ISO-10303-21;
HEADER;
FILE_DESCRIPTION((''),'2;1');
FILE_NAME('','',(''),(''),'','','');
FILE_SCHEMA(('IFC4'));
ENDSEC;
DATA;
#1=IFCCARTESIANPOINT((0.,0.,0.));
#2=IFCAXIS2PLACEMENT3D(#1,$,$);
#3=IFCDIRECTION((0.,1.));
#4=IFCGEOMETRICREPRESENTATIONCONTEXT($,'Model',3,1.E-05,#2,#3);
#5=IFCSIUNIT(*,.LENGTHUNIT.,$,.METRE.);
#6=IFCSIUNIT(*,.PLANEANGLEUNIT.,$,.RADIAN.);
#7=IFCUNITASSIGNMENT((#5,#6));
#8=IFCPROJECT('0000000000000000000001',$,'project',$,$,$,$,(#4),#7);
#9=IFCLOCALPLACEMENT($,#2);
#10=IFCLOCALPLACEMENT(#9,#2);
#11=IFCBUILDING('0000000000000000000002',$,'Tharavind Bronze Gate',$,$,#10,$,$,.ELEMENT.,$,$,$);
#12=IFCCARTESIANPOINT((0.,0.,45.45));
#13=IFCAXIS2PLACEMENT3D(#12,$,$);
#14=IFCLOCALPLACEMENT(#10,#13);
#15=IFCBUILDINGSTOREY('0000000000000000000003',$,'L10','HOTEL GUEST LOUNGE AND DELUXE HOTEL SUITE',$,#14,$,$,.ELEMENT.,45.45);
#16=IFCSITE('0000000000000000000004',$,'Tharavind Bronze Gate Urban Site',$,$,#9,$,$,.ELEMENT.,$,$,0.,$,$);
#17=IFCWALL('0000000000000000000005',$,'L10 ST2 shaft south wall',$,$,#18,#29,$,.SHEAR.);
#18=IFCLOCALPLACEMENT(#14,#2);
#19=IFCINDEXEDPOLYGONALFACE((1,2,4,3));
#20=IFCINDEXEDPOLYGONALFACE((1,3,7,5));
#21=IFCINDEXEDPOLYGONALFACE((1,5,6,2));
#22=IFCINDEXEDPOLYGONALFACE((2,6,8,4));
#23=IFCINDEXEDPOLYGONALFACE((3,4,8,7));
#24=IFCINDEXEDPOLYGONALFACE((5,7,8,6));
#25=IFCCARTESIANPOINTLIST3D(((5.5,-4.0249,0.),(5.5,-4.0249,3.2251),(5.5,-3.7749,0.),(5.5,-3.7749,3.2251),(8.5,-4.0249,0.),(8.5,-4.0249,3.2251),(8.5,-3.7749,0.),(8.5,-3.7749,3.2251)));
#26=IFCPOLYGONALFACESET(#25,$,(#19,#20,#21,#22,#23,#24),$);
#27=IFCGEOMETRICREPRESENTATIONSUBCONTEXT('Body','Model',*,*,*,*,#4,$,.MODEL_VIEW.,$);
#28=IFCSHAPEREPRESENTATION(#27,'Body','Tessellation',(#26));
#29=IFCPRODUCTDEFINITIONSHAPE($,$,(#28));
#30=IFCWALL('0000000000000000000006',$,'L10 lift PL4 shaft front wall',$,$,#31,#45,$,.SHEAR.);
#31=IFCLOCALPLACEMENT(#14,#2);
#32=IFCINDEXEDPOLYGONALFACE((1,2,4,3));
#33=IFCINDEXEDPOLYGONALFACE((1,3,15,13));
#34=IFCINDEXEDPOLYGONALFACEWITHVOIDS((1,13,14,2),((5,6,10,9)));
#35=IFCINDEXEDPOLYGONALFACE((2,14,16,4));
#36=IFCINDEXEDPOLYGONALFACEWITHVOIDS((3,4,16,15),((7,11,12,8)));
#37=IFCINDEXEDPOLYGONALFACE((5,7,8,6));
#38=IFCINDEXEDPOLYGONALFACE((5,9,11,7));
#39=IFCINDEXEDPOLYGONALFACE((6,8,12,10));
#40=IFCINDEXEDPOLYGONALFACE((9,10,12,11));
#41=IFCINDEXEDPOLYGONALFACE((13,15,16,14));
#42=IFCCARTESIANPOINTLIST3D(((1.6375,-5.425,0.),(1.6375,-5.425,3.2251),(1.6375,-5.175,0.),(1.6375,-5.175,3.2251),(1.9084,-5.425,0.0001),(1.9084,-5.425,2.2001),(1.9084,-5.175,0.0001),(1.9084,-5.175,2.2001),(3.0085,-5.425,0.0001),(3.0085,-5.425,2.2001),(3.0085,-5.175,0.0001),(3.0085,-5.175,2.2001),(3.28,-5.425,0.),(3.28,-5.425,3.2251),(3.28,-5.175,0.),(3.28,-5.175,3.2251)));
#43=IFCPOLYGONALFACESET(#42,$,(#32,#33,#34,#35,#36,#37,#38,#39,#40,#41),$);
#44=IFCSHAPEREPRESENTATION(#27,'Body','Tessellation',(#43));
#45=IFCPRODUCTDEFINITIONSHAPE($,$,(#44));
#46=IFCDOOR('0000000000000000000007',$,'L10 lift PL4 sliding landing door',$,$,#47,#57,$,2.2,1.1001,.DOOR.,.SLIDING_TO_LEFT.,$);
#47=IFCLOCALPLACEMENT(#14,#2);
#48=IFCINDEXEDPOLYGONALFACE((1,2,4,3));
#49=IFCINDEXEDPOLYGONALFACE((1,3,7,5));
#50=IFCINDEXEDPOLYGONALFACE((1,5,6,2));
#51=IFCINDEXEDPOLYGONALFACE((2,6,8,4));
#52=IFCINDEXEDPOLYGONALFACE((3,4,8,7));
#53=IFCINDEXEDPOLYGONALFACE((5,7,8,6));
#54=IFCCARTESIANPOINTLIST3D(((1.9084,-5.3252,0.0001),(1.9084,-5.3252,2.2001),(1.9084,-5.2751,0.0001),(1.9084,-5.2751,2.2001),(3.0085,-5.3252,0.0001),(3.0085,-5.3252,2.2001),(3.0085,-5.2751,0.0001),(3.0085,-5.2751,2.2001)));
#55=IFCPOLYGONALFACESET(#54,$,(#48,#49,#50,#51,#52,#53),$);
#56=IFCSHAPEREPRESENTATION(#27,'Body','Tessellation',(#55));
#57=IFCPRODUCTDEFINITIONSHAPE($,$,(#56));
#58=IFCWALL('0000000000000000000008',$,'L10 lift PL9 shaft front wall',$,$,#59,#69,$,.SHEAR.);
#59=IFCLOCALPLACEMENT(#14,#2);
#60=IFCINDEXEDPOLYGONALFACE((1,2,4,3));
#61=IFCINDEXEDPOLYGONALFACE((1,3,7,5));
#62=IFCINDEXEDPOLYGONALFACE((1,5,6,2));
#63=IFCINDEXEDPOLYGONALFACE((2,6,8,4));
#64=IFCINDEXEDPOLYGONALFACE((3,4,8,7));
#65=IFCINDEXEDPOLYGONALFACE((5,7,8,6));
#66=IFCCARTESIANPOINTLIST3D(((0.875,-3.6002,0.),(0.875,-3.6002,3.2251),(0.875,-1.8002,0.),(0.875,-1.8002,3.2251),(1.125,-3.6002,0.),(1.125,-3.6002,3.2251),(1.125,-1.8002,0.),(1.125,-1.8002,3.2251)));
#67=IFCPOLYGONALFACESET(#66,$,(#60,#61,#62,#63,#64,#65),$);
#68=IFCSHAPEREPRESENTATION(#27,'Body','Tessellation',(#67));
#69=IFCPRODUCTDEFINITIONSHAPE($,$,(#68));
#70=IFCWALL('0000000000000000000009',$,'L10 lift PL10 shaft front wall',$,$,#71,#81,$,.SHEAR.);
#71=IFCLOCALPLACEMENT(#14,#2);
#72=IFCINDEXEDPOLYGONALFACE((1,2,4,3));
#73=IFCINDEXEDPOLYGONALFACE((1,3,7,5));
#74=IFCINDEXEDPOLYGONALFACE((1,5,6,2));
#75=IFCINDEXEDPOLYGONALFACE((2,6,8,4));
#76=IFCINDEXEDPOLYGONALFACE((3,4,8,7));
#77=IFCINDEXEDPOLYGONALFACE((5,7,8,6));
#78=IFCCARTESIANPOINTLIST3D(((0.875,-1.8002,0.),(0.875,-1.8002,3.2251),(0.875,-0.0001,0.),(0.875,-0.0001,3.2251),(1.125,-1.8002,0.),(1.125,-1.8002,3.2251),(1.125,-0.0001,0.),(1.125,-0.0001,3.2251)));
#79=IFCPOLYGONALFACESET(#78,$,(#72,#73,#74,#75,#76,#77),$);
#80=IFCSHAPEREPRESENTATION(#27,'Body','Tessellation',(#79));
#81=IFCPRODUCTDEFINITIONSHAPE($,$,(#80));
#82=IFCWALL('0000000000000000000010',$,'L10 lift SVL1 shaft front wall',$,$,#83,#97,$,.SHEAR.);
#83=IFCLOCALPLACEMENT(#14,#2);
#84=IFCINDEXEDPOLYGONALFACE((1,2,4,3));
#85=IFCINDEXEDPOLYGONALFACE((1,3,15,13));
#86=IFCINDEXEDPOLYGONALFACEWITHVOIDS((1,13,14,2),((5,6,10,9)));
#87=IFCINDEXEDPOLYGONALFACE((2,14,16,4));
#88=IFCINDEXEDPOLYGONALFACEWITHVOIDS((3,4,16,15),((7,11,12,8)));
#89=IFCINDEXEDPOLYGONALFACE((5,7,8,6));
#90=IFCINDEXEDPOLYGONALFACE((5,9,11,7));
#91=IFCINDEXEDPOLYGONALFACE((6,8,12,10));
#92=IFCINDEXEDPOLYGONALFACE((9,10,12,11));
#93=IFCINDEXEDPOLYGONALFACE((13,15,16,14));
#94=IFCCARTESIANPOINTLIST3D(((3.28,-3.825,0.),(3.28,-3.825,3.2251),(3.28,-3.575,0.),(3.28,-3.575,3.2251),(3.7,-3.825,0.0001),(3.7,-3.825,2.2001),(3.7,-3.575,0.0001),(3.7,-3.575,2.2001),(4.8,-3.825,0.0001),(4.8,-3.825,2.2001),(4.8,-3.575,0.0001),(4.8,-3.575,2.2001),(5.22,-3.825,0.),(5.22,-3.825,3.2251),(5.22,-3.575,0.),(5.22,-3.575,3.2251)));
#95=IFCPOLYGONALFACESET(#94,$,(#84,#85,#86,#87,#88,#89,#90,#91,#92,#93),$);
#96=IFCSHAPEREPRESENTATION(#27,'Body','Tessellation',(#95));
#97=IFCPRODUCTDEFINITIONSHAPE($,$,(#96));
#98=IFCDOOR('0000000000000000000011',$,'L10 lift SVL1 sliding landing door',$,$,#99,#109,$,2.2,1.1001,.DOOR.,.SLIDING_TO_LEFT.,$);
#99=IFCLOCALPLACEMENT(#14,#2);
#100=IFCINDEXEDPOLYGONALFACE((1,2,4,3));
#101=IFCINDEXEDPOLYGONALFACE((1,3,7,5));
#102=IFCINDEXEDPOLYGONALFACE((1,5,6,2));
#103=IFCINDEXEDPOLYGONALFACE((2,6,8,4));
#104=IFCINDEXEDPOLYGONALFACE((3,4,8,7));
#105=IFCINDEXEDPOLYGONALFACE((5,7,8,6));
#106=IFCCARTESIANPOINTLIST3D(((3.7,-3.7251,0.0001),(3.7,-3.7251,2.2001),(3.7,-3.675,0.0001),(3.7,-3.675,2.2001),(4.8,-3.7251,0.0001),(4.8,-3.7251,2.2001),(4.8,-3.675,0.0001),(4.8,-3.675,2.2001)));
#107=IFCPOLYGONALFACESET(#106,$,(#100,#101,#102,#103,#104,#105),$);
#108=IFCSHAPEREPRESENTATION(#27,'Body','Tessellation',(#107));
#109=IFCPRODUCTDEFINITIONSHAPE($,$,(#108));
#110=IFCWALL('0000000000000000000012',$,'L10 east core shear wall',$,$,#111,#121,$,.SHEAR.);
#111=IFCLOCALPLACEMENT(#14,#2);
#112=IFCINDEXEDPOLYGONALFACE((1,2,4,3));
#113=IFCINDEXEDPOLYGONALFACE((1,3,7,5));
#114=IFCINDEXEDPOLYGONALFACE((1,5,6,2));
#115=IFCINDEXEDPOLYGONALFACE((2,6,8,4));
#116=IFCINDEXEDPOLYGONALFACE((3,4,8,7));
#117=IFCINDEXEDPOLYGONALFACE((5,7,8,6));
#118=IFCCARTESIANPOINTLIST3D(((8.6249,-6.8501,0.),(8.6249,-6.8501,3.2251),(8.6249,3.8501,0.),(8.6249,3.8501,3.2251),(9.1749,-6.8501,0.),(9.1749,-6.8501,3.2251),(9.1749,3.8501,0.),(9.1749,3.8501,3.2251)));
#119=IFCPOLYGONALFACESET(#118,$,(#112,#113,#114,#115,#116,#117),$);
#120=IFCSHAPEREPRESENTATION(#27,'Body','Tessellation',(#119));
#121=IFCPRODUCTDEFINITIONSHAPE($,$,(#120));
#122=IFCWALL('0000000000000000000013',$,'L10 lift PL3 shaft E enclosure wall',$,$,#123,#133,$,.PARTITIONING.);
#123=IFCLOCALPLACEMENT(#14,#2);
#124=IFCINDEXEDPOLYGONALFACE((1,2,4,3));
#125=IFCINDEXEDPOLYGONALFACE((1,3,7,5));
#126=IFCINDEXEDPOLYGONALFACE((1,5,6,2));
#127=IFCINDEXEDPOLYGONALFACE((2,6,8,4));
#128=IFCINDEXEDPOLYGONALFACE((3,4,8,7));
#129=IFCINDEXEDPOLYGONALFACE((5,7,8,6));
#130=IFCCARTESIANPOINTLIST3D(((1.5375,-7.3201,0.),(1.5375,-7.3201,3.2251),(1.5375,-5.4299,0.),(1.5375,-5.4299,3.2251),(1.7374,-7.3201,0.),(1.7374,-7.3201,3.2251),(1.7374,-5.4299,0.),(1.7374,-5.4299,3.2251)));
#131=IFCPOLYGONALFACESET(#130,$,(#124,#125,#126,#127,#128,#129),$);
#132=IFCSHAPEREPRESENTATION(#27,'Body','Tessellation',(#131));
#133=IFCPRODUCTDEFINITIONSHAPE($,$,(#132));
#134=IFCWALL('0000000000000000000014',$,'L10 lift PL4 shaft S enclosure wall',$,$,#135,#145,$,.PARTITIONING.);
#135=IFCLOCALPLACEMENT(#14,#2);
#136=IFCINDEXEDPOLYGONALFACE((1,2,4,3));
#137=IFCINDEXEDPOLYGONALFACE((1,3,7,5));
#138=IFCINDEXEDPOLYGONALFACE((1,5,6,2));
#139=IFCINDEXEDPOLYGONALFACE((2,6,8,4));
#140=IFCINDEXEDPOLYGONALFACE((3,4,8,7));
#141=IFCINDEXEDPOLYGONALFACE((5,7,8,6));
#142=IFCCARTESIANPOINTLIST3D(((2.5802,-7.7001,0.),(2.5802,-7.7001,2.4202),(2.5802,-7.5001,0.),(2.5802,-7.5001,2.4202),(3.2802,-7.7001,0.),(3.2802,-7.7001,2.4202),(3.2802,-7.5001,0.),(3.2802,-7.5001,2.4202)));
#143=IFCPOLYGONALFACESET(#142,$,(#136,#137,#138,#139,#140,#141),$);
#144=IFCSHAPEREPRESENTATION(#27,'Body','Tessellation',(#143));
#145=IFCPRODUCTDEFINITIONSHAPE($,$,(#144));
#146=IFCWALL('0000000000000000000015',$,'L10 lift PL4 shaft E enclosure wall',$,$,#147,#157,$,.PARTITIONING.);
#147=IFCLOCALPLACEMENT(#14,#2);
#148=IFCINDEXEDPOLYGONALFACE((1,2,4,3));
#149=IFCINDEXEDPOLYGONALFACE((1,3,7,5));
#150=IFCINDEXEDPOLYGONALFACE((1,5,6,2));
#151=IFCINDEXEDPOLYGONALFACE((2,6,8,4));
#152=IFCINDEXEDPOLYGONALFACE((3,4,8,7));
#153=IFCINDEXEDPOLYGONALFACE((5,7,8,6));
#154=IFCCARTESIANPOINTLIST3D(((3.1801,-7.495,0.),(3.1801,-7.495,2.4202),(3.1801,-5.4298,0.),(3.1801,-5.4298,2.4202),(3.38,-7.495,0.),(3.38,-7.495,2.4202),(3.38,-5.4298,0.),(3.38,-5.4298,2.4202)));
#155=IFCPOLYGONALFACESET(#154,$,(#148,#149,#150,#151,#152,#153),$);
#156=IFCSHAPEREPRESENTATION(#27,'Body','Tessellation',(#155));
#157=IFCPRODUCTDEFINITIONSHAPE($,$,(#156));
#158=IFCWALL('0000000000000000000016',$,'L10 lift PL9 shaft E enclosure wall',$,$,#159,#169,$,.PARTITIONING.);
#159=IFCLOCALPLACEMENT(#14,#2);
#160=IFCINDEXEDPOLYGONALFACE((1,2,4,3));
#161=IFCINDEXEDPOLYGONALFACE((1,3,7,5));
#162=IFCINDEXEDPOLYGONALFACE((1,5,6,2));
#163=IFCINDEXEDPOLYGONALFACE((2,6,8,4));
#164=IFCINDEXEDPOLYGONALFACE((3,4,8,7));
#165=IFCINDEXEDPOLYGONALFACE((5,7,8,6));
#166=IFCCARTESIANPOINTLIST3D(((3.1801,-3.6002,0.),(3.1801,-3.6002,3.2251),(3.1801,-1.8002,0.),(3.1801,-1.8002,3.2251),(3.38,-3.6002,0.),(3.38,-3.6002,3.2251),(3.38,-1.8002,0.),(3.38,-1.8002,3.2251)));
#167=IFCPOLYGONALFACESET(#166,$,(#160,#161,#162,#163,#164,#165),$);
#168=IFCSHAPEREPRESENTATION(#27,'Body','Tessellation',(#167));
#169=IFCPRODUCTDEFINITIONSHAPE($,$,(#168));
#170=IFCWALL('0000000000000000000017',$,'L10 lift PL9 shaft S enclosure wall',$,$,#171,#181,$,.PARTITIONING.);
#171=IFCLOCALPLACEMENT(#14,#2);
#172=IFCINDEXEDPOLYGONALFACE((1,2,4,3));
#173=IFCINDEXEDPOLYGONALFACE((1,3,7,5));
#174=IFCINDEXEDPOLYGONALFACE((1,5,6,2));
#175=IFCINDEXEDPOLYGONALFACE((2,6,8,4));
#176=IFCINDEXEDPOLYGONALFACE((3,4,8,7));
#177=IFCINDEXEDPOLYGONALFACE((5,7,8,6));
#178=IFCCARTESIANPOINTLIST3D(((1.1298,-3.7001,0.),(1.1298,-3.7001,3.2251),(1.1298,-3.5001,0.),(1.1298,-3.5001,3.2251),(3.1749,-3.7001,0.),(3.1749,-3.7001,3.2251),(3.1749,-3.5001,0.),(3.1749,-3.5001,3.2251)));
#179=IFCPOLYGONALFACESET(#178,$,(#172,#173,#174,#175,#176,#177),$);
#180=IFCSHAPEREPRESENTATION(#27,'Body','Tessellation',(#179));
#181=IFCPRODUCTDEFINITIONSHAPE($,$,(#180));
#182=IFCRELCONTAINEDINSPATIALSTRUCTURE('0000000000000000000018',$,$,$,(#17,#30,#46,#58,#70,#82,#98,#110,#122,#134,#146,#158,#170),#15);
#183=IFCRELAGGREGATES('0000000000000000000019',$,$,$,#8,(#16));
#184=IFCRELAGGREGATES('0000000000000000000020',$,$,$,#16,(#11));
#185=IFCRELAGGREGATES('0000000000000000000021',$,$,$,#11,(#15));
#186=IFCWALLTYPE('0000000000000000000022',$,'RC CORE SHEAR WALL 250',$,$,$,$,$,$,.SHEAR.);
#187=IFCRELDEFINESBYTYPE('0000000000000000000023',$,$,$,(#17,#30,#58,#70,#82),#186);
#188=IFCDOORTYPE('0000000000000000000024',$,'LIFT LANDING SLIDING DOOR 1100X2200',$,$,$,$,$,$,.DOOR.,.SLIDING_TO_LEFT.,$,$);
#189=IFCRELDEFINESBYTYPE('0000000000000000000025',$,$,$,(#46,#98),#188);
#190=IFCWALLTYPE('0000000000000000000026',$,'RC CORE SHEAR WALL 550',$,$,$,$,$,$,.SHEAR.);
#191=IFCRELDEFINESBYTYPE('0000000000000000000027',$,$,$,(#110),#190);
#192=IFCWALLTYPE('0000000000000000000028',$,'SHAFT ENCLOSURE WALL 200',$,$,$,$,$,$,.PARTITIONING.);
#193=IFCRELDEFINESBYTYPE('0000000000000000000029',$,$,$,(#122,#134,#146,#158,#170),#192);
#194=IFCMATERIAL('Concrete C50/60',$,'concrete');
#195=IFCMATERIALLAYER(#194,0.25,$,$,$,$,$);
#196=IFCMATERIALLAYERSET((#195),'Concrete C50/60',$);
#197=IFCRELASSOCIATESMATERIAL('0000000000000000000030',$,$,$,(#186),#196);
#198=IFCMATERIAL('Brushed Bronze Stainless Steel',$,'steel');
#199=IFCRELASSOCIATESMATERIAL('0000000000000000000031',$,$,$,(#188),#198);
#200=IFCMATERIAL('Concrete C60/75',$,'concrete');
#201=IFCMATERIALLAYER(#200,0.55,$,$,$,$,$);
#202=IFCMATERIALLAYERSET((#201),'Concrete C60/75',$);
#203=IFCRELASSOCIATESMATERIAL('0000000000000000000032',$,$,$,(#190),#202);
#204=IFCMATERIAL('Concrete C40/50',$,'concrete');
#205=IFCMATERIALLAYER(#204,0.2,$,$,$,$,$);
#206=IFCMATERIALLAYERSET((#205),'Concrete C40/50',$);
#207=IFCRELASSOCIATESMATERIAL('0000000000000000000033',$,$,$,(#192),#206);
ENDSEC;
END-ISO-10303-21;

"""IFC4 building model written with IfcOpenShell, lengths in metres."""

from ifc_helpers import new_model, si_unit, direction, frame, frame_2d, origin, place, context, subcontext, project, spatial, rectangle, extrude, material, layer, layer_set, type_object, element, fill, save


model = new_model("IFC4")

# Units and contexts
model_context = context("Model", 3, precision=1e-05, world=origin(), true_north=direction((0.0, 1.0)))
body_context = subcontext(model_context, "Body", "Model", "MODEL_VIEW")
ifc_project = project(units=[si_unit("LENGTHUNIT", "METRE"), si_unit("PLANEANGLEUNIT", "RADIAN")], contexts=[model_context])

# Site, building, storey
site_placement = place(None, origin())
site = spatial("IfcSite", under=ifc_project, at=site_placement, Name="Tharavind Bronze Gate Urban Site", CompositionType="ELEMENT", RefElevation=0.0)
building_placement = place(site_placement, origin())
building = spatial("IfcBuilding", under=site, at=building_placement, Name="Tharavind Bronze Gate", CompositionType="ELEMENT")
storey_placement = place(building_placement, frame((0.0, 0.0, 45.45)))
storey = spatial("IfcBuildingStorey", under=building, at=storey_placement, Name="L10", Description="HOTEL GUEST LOUNGE AND DELUXE HOTEL SUITE", CompositionType="ELEMENT", Elevation=45.45)

# Wall
ifc_material_1 = material(Name="Concrete C50/60", Category="concrete")
ifc_layer_1 = layer(ifc_material_1, 0.25)
ifc_layer_set_1 = layer_set([ifc_layer_1], Name="Concrete C50/60")
wall_type_1 = type_object("IfcWallType", Name="RC CORE SHEAR WALL 250", PredefinedType="SHEAR", material=ifc_layer_set_1)
wall_1_placement = place(storey_placement, frame((5.5, -3.8999, 0.0), z_axis=(0.0, 0.0, 1.0), x_axis=(1.0, 0.0, 0.0)))
element("IfcWall", 1, at=wall_1_placement, inside=storey, type_object=wall_type_1, Name="L10 ST2 shaft south wall", PredefinedType="SHEAR", context=body_context, shape_type="SweptSolid", body=[
    extrude(rectangle(XDim=3.0, YDim=0.25, at=frame_2d((1.5, 0.0))), origin(), (0.0, 0.0, 1.0), 3.2251),
])

# Wall, opening, door
wall_2_placement = place(storey_placement, frame((1.6375, -5.3, 0.0), z_axis=(0.0, 0.0, 1.0), x_axis=(1.0, 0.0, 0.0)))
wall_2 = element("IfcWall", 2, at=wall_2_placement, inside=storey, type_object=wall_type_1, Name="L10 lift PL4 shaft front wall", PredefinedType="SHEAR", context=body_context, shape_type="SweptSolid", body=[
    extrude(rectangle(XDim=1.6426, YDim=0.25, at=frame_2d((0.8213, 0.0))), origin(), (0.0, 0.0, 1.0), 3.2251),
])
opening_1_placement = place(wall_2_placement, frame((0.271, 0.0, 0.0)))
opening_1 = element("IfcOpeningElement", 3, at=opening_1_placement, cuts=wall_2, PredefinedType="OPENING", context=body_context, shape_type="SweptSolid", body=[
    extrude(rectangle(XDim=1.1001, YDim=2.2, at=frame_2d((0.55, 1.1001))), frame((0.0, 0.135, 0.0), z_axis=(0.0, -1.0, 0.0), x_axis=(1.0, 0.0, 0.0)), (0.0, 0.0, 1.0), 0.27),
])
ifc_material_2 = material(Name="Brushed Bronze Stainless Steel", Category="steel")
door_type_1 = type_object("IfcDoorType", Name="LIFT LANDING SLIDING DOOR 1100X2200", OperationType="SLIDING_TO_LEFT", PredefinedType="DOOR", material=ifc_material_2)
door_1_placement = place(opening_1_placement, origin())
door_1 = element("IfcDoor", 4, at=door_1_placement, inside=storey, type_object=door_type_1, Name="L10 lift PL4 sliding landing door", OperationType="SLIDING_TO_LEFT", OverallHeight=2.2, OverallWidth=1.1001, PredefinedType="DOOR", context=body_context, shape_type="SweptSolid", body=[
    extrude(rectangle(XDim=1.1001, YDim=2.2, at=frame_2d((0.55, 1.1001))), frame((0.0, 0.0249, 0.0), z_axis=(0.0, -1.0, 0.0), x_axis=(1.0, 0.0, 0.0)), (0.0, 0.0, 1.0), 0.05),
])
fill(opening_1, door_1)

# Walls
for number, where, z_axis, x_axis, name in (
    (5, (1.0, -3.6001, 0.0), (0.0, 0.0, 1.0), (0.0, 1.0, 0.0), "L10 lift PL9 shaft front wall"),
    (6, (1.0, -1.8, 0.0), (0.0, 0.0, 1.0), (0.0, 1.0, 0.0), "L10 lift PL10 shaft front wall"),
):
    element("IfcWall", number, at=place(storey_placement, frame(where, z_axis=z_axis, x_axis=x_axis)), inside=storey, type_object=wall_type_1, Name=name, PredefinedType="SHEAR", context=body_context, shape_type="SweptSolid", body=[
        extrude(rectangle(XDim=1.8, YDim=0.25, at=frame_2d((0.8999, 0.0))), origin(), (0.0, 0.0, 1.0), 3.2251),
    ])

# Wall, opening, door
wall_3_placement = place(storey_placement, frame((3.28, -3.7, 0.0), z_axis=(0.0, 0.0, 1.0), x_axis=(1.0, 0.0, 0.0)))
wall_3 = element("IfcWall", 7, at=wall_3_placement, inside=storey, type_object=wall_type_1, Name="L10 lift SVL1 shaft front wall", PredefinedType="SHEAR", context=body_context, shape_type="SweptSolid", body=[
    extrude(rectangle(XDim=1.9399, YDim=0.25, at=frame_2d((0.97, 0.0))), origin(), (0.0, 0.0, 1.0), 3.2251),
])
opening_2_placement = place(wall_3_placement, frame((0.4199, 0.0, 0.0)))
opening_2 = element("IfcOpeningElement", 8, at=opening_2_placement, cuts=wall_3, PredefinedType="OPENING", context=body_context, shape_type="SweptSolid", body=[
    extrude(rectangle(XDim=1.1001, YDim=2.2, at=frame_2d((0.55, 1.1001))), frame((0.0, 0.135, 0.0), z_axis=(0.0, -1.0, 0.0), x_axis=(1.0, 0.0, 0.0)), (0.0, 0.0, 1.0), 0.27),
])
door_2_placement = place(opening_2_placement, origin())
door_2 = element("IfcDoor", 9, at=door_2_placement, inside=storey, type_object=door_type_1, Name="L10 lift SVL1 sliding landing door", OperationType="SLIDING_TO_LEFT", OverallHeight=2.2, OverallWidth=1.1001, PredefinedType="DOOR", context=body_context, shape_type="SweptSolid", body=[
    extrude(rectangle(XDim=1.1001, YDim=2.2, at=frame_2d((0.55, 1.1001))), frame((0.0, 0.0249, 0.0), z_axis=(0.0, -1.0, 0.0), x_axis=(1.0, 0.0, 0.0)), (0.0, 0.0, 1.0), 0.05),
])
fill(opening_2, door_2)

# Walls
ifc_material_3 = material(Name="Concrete C60/75", Category="concrete")
ifc_layer_2 = layer(ifc_material_3, 0.55)
ifc_layer_set_2 = layer_set([ifc_layer_2], Name="Concrete C60/75")
wall_type_2 = type_object("IfcWallType", Name="RC CORE SHEAR WALL 550", PredefinedType="SHEAR", material=ifc_layer_set_2)
wall_4_placement = place(storey_placement, frame((8.8999, -6.8501, 0.0), z_axis=(0.0, 0.0, 1.0), x_axis=(0.0, 1.0, 0.0)))
element("IfcWall", 10, at=wall_4_placement, inside=storey, type_object=wall_type_2, Name="L10 east core shear wall", PredefinedType="SHEAR", context=body_context, shape_type="SweptSolid", body=[
    extrude(rectangle(XDim=10.7002, YDim=0.55, at=frame_2d((5.3501, 0.0))), origin(), (0.0, 0.0, 1.0), 3.2251),
])
ifc_material_4 = material(Name="Concrete C40/50", Category="concrete")
ifc_layer_3 = layer(ifc_material_4, 0.2)
ifc_layer_set_3 = layer_set([ifc_layer_3], Name="Concrete C40/50")
wall_type_3 = type_object("IfcWallType", Name="SHAFT ENCLOSURE WALL 200", PredefinedType="PARTITIONING", material=ifc_layer_set_3)
wall_5_placement = place(storey_placement, frame((1.6375, -7.3201, 0.0), z_axis=(0.0, 0.0, 1.0), x_axis=(0.0, 1.0, 0.0)))
element("IfcWall", 11, at=wall_5_placement, inside=storey, type_object=wall_type_3, Name="L10 lift PL3 shaft E enclosure wall", PredefinedType="PARTITIONING", context=body_context, shape_type="SweptSolid", body=[
    extrude(rectangle(XDim=1.8901, YDim=0.2, at=frame_2d((0.9451, 0.0))), origin(), (0.0, 0.0, 1.0), 3.2251),
])
wall_6_placement = place(storey_placement, frame((2.5801, -7.6001, 0.0), z_axis=(0.0, 0.0, 1.0), x_axis=(1.0, 0.0, 0.0)))
element("IfcWall", 12, at=wall_6_placement, inside=storey, type_object=wall_type_3, Name="L10 lift PL4 shaft S enclosure wall", PredefinedType="PARTITIONING", context=body_context, shape_type="SweptSolid", body=[
    extrude(rectangle(XDim=0.7, YDim=0.2, at=frame_2d((0.3501, 0.0))), origin(), (0.0, 0.0, 1.0), 2.4202),
])
wall_7_placement = place(storey_placement, frame((3.28, -7.4951, 0.0), z_axis=(0.0, 0.0, 1.0), x_axis=(0.0, 1.0, 0.0)))
element("IfcWall", 13, at=wall_7_placement, inside=storey, type_object=wall_type_3, Name="L10 lift PL4 shaft E enclosure wall", PredefinedType="PARTITIONING", context=body_context, shape_type="SweptSolid", body=[
    extrude(rectangle(XDim=2.0652, YDim=0.2, at=frame_2d((1.0327, 0.0))), origin(), (0.0, 0.0, 1.0), 2.4202),
])
wall_8_placement = place(storey_placement, frame((3.28, -3.6001, 0.0), z_axis=(0.0, 0.0, 1.0), x_axis=(0.0, 1.0, 0.0)))
element("IfcWall", 14, at=wall_8_placement, inside=storey, type_object=wall_type_3, Name="L10 lift PL9 shaft E enclosure wall", PredefinedType="PARTITIONING", context=body_context, shape_type="SweptSolid", body=[
    extrude(rectangle(XDim=1.8, YDim=0.2, at=frame_2d((0.8999, 0.0))), origin(), (0.0, 0.0, 1.0), 3.2251),
])
wall_9_placement = place(storey_placement, frame((1.1299, -3.6001, 0.0), z_axis=(0.0, 0.0, 1.0), x_axis=(1.0, 0.0, 0.0)))
element("IfcWall", 15, at=wall_9_placement, inside=storey, type_object=wall_type_3, Name="L10 lift PL9 shaft S enclosure wall", PredefinedType="PARTITIONING", context=body_context, shape_type="SweptSolid", body=[
    extrude(rectangle(XDim=2.0452, YDim=0.2, at=frame_2d((1.0225, 0.0))), origin(), (0.0, 0.0, 1.0), 3.2251),
])

save(model, "model.ifc")
